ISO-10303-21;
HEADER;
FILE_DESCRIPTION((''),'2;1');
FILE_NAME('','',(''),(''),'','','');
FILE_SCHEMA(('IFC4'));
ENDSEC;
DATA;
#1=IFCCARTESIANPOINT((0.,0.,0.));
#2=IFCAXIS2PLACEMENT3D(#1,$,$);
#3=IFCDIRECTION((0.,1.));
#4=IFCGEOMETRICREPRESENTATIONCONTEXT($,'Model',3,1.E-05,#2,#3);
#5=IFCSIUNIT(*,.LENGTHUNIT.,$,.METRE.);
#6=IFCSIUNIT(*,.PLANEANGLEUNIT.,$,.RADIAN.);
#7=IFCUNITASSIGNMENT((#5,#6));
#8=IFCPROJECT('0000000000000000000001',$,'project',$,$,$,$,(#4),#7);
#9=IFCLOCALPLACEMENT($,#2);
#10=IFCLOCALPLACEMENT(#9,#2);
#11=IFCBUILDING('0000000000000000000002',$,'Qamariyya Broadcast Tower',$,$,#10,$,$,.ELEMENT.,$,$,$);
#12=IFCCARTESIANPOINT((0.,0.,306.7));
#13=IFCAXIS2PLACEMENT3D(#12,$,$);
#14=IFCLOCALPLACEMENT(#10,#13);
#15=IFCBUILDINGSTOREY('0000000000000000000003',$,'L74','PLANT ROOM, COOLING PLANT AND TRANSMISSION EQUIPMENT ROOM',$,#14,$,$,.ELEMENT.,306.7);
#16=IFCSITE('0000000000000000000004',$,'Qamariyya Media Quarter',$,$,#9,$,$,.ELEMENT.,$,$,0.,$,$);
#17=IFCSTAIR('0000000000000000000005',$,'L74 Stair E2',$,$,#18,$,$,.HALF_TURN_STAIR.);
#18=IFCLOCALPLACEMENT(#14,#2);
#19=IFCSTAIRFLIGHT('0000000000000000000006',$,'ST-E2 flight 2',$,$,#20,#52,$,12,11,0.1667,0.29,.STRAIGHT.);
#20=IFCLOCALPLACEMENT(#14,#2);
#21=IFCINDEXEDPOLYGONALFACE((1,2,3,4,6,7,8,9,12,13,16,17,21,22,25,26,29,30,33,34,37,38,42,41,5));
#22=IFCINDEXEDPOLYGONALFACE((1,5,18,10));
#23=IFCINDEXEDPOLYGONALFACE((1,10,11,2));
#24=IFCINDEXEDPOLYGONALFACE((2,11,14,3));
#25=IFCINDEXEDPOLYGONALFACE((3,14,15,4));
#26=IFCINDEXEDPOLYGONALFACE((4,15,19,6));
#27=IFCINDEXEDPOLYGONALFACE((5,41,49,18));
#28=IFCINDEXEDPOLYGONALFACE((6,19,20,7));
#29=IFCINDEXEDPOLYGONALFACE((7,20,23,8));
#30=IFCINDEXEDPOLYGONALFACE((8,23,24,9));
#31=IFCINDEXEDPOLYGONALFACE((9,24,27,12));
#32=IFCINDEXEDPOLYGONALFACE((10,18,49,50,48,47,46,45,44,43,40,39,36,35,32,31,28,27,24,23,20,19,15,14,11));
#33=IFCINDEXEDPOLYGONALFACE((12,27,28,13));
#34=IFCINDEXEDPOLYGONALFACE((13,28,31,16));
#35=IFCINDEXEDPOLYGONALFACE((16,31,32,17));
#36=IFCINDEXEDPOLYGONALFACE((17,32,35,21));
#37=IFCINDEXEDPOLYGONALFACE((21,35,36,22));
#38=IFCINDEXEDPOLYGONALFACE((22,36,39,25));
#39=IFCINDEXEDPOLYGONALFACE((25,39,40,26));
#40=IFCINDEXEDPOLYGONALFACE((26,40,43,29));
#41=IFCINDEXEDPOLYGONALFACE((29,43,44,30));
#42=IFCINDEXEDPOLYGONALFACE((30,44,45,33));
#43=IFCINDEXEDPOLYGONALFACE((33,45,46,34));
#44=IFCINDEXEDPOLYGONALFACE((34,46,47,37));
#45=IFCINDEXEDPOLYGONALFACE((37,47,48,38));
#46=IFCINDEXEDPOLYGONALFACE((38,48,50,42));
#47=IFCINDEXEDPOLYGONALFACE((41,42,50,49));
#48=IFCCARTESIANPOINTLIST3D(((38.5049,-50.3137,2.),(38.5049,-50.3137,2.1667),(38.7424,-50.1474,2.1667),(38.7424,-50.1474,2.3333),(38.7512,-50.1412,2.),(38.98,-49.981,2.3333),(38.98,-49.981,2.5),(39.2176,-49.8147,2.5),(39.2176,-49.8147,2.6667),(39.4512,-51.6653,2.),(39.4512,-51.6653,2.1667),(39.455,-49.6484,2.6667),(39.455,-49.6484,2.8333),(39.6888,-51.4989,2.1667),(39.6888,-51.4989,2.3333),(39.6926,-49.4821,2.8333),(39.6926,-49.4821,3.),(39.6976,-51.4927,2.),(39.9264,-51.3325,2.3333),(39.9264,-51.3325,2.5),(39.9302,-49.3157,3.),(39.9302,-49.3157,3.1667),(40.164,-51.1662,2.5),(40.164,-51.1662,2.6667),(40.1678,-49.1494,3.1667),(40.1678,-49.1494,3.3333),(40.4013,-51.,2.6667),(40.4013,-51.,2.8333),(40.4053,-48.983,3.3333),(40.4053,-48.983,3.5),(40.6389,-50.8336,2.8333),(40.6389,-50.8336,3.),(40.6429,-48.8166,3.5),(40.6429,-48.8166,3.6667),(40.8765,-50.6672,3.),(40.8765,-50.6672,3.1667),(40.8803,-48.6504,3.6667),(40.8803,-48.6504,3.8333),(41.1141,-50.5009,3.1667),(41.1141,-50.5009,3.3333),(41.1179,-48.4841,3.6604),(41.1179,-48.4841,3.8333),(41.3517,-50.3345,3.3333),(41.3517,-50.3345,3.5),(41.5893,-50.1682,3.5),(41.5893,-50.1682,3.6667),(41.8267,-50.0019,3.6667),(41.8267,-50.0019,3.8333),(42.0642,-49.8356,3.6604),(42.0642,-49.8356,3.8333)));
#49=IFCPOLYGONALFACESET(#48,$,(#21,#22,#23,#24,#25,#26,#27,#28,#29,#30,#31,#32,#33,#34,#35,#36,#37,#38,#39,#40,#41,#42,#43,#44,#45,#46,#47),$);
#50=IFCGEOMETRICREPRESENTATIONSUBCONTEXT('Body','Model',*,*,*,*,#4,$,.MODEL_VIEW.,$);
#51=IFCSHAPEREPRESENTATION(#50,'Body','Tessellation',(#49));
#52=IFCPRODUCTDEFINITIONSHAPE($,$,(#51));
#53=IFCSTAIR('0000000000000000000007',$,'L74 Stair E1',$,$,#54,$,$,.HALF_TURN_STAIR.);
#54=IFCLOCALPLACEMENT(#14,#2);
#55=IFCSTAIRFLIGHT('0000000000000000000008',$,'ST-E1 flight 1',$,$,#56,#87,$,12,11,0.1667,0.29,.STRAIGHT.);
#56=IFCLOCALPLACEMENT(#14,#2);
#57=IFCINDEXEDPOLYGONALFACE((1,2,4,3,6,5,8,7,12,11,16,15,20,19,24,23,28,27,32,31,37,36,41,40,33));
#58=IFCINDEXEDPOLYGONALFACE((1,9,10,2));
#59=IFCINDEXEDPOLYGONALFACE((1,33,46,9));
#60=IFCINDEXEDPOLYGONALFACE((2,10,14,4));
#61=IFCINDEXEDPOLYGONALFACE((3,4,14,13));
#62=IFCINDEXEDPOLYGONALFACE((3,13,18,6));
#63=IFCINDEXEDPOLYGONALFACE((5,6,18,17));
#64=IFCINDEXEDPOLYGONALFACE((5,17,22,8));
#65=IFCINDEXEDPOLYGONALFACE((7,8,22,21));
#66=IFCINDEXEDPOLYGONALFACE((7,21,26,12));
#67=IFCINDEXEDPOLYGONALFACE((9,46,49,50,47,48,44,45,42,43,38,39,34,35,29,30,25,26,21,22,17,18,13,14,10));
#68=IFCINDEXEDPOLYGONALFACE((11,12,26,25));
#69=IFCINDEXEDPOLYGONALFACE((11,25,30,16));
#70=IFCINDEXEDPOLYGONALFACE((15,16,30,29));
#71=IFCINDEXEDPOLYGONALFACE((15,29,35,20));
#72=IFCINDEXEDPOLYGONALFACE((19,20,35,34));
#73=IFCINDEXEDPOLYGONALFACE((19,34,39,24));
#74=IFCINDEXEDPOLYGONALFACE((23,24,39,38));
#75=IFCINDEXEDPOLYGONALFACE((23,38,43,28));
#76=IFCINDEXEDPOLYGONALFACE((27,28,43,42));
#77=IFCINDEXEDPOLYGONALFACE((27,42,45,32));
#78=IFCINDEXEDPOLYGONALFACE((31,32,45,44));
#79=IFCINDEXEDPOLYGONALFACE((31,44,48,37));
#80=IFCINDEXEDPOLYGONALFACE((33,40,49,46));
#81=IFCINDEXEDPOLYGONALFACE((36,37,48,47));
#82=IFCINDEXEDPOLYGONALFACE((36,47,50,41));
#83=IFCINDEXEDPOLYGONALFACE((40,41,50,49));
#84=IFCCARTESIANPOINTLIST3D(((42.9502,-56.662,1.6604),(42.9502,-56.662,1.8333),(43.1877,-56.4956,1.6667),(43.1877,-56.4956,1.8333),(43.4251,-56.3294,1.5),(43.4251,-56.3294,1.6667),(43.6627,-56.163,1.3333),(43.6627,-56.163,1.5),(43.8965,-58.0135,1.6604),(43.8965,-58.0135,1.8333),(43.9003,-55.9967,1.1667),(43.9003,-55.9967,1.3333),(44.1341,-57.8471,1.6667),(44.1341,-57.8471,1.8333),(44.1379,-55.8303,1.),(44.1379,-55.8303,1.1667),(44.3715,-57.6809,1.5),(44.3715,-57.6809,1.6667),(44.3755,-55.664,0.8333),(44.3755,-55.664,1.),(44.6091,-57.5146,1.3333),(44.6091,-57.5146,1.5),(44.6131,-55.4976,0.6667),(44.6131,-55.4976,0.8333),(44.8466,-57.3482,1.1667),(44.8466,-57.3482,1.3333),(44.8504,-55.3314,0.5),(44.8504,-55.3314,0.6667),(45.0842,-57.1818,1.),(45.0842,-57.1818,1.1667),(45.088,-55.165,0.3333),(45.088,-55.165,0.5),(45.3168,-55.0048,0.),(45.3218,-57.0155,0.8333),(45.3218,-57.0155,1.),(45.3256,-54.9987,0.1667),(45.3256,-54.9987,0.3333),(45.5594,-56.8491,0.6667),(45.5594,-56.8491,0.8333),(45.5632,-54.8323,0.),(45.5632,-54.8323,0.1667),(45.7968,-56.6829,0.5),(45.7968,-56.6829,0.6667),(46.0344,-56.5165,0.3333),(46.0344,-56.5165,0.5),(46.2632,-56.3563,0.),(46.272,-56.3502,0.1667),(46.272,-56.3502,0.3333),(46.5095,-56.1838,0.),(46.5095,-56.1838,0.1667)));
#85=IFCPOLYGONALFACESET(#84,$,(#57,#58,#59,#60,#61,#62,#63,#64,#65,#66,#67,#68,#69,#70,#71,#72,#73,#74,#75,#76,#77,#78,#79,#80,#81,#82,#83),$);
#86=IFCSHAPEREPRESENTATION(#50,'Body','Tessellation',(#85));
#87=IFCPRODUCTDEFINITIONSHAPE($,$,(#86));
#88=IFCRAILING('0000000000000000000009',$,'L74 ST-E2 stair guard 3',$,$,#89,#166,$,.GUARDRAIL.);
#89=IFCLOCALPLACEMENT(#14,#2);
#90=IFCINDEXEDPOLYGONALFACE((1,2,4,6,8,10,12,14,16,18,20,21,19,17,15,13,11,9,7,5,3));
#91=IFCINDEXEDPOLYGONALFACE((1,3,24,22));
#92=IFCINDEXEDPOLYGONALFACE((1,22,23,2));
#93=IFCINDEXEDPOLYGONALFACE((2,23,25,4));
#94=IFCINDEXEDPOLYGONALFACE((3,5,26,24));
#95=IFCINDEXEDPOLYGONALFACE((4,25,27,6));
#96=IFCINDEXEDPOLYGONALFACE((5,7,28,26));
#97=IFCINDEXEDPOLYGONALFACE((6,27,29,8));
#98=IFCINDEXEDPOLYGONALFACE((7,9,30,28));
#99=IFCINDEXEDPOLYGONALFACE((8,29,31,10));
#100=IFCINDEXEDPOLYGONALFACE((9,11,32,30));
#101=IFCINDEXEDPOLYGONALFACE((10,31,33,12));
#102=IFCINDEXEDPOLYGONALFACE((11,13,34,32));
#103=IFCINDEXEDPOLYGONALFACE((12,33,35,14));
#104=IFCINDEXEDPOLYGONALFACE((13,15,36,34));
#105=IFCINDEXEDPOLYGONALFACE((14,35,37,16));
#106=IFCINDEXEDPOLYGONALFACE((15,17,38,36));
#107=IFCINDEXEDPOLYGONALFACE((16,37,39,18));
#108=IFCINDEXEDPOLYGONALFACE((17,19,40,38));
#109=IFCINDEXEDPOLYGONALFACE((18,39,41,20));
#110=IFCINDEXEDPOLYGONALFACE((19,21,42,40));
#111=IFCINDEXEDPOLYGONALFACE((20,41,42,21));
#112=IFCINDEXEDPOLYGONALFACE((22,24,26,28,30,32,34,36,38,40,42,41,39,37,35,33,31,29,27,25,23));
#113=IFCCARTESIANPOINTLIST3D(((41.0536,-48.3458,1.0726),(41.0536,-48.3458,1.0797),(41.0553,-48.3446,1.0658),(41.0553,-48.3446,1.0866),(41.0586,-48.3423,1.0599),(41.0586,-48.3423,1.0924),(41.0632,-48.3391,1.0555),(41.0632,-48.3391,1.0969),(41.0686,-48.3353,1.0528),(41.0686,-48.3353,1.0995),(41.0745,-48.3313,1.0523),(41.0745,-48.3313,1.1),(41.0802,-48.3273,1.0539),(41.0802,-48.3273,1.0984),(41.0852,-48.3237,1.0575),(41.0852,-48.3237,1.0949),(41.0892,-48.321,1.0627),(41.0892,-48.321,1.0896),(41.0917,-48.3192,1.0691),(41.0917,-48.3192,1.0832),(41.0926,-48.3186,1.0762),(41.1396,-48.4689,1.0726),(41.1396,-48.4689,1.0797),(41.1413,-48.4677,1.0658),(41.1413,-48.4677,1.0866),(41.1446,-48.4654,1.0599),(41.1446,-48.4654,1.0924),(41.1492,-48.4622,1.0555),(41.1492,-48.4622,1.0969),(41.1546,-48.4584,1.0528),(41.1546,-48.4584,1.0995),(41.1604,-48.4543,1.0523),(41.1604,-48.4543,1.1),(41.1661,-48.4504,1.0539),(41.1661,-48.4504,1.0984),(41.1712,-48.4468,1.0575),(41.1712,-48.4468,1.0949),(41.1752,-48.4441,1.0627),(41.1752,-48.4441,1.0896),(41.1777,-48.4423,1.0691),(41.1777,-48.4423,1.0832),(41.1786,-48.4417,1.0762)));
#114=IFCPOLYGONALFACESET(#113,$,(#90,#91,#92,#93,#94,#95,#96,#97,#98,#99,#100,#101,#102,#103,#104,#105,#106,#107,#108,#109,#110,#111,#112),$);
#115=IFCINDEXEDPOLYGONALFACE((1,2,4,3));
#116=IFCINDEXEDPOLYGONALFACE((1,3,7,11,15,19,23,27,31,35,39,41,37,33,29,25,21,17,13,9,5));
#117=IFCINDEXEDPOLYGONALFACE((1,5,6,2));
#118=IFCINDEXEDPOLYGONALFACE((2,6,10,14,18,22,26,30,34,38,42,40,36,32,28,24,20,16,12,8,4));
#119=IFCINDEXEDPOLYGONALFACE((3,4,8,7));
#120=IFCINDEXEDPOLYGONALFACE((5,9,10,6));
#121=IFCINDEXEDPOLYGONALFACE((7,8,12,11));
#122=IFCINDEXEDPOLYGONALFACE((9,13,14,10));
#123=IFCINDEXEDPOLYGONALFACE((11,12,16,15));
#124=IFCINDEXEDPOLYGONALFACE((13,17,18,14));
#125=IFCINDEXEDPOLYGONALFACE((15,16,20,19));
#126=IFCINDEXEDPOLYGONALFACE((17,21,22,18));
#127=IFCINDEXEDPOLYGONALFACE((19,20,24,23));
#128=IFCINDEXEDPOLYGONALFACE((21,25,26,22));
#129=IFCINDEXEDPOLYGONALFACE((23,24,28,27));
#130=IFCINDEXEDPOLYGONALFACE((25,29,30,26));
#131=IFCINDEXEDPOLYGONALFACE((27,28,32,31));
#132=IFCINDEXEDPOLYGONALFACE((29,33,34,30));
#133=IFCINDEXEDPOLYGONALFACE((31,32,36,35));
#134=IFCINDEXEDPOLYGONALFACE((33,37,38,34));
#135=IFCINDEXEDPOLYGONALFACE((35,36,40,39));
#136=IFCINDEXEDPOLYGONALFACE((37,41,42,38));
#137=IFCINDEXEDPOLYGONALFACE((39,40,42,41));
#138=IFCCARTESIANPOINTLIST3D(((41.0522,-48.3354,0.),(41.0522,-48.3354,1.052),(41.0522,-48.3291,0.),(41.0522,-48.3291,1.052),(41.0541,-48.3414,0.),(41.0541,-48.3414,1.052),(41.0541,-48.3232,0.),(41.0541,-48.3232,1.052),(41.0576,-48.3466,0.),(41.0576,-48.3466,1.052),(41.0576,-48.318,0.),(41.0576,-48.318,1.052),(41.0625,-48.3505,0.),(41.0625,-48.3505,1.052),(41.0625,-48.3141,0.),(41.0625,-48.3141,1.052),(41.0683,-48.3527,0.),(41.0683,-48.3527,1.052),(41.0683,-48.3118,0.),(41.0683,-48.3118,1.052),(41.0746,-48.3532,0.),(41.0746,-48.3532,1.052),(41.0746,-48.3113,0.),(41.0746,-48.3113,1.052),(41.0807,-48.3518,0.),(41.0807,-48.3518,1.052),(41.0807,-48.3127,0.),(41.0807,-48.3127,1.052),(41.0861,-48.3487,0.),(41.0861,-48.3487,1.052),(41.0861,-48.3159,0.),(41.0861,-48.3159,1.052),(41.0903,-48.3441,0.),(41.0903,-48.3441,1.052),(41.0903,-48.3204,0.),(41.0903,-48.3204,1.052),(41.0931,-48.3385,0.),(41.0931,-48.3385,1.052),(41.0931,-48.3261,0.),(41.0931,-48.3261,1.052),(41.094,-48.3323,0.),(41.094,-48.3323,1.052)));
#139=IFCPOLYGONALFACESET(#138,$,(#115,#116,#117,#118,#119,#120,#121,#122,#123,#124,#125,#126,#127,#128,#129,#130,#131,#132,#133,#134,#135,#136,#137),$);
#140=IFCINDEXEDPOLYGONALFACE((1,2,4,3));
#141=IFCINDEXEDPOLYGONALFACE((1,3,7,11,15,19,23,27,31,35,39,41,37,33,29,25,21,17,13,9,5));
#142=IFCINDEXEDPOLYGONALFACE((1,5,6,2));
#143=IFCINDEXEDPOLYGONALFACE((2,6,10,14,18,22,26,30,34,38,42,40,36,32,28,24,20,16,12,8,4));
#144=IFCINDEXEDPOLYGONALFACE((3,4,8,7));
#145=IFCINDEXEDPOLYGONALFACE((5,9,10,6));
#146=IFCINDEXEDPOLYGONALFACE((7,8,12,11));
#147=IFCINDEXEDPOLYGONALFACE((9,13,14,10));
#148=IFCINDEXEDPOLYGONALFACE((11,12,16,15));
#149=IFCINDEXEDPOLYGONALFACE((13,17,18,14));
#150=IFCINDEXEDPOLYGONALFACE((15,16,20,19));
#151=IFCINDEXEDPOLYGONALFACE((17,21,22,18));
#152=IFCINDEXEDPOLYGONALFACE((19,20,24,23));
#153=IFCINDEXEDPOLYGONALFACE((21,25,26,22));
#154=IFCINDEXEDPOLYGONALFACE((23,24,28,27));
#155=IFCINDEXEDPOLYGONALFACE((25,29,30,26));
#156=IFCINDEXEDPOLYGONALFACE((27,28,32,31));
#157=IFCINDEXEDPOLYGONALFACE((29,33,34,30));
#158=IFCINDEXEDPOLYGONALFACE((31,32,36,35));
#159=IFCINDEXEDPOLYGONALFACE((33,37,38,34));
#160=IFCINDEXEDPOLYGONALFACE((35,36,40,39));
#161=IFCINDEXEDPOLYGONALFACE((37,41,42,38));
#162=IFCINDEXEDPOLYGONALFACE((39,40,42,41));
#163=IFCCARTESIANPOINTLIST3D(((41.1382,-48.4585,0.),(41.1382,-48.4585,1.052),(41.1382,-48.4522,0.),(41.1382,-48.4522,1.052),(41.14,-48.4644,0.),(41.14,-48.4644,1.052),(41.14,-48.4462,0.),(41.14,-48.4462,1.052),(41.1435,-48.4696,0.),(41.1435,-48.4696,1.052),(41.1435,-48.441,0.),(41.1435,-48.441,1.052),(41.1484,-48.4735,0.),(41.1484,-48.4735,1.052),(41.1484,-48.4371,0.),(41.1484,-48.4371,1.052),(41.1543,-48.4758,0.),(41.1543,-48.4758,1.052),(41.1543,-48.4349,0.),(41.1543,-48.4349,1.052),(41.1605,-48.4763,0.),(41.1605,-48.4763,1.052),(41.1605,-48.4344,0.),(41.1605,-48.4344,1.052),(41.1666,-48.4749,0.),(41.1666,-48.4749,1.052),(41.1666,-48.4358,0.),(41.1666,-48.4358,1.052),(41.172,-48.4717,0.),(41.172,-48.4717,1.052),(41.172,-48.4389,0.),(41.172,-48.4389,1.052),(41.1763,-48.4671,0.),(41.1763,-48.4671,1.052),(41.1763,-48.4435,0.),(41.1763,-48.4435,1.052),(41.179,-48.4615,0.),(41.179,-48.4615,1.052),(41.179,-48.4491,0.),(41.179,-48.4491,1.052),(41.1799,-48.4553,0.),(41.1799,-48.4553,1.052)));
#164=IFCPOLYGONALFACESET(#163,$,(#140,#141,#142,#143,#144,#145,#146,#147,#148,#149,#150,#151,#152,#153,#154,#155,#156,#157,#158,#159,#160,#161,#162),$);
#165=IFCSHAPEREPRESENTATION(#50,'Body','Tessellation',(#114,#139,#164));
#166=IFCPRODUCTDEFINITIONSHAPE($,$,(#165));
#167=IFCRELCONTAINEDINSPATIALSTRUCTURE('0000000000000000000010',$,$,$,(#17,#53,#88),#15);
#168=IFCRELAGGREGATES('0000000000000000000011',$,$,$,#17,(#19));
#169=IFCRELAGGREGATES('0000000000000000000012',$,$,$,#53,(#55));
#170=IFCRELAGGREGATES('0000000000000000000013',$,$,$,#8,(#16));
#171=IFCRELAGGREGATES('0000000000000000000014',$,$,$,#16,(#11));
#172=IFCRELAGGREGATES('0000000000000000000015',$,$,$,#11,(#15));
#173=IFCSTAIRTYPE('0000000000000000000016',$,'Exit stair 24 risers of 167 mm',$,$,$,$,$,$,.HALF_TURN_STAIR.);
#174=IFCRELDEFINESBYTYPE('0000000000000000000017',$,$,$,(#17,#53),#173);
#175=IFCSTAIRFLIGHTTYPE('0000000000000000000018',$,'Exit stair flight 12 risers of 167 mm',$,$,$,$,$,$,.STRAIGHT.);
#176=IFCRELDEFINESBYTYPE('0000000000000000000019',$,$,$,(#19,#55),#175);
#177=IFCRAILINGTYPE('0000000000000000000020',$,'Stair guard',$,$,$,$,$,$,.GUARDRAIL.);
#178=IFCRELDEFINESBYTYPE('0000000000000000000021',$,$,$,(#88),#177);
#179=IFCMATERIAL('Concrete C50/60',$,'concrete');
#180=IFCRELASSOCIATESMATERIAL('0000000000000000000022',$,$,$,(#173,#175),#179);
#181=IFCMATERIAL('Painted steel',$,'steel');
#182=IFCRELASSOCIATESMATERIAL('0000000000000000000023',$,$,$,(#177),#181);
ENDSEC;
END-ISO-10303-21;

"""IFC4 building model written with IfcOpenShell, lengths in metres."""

from ifc_helpers import new_model, si_unit, direction, frame, origin, origin_2d, place, context, subcontext, project, spatial, polyline, circle, outline, extrude, material, type_object, element, aggregate, save


model = new_model("IFC4")

# Units and contexts
model_context = context("Model", 3, precision=1e-05, world=origin(), true_north=direction((0.0, 1.0)))
body_context = subcontext(model_context, "Body", "Model", "MODEL_VIEW")
ifc_project = project(units=[si_unit("LENGTHUNIT", "METRE"), si_unit("PLANEANGLEUNIT", "RADIAN")], contexts=[model_context])

# Site, building, storey
site_placement = place(None, origin())
site = spatial("IfcSite", under=ifc_project, at=site_placement, Name="Qamariyya Media Quarter", CompositionType="ELEMENT", RefElevation=0.0)
building_placement = place(site_placement, origin())
building = spatial("IfcBuilding", under=site, at=building_placement, Name="Qamariyya Broadcast Tower", CompositionType="ELEMENT")
storey_placement = place(building_placement, frame((0.0, 0.0, 306.7)))
storey = spatial("IfcBuildingStorey", under=building, at=storey_placement, Name="L74", Description="PLANT ROOM, COOLING PLANT AND TRANSMISSION EQUIPMENT ROOM", CompositionType="ELEMENT", Elevation=306.7)

# Shared definitions
ifc_material_1 = material(Name="Concrete C50/60", Category="concrete")

# Stair, stair flight
stair_type = type_object("IfcStairType", Name="Exit stair 24 risers of 167 mm", PredefinedType="HALF_TURN_STAIR", material=ifc_material_1)
stair_1_placement = place(storey_placement, origin())
stair_1 = element("IfcStair", 1, at=stair_1_placement, inside=storey, type_object=stair_type, Name="L74 Stair E2", PredefinedType="HALF_TURN_STAIR")
stair_flight_type = type_object("IfcStairFlightType", Name="Exit stair flight 12 risers of 167 mm", PredefinedType="STRAIGHT", material=ifc_material_1)
stair_flight_1_placement = place(storey_placement, frame((38.978, -50.9895, 2.0), z_axis=(0.0, 0.0, 1.0), x_axis=(0.819152, 0.573576, 0.0)))
stair_flight_1 = element("IfcStairFlight", 2, at=stair_flight_1_placement, type_object=stair_flight_type, Name="ST-E2 flight 2", NumberOfRisers=12, NumberOfTreads=11, PredefinedType="STRAIGHT", RiserHeight=0.1667, TreadLength=0.29, context=body_context, shape_type="SweptSolid", body=[
    extrude(outline(polyline([(0.0, 0.0), (0.0, 0.1667), (0.29, 0.1667), (0.29, 0.3333), (0.5801, 0.3333), (0.5801, 0.5), (0.8701, 0.5), (0.8701, 0.6667), (1.1599, 0.6667), (1.1599, 0.8333), (1.45, 0.8333), (1.45, 1.0), (1.74, 1.0), (1.74, 1.1667), (2.03, 1.1667), (2.03, 1.3333), (2.3201, 1.3333), (2.3201, 1.5), (2.6101, 1.5), (2.6101, 1.6667), (2.8999, 1.6667), (2.8999, 1.8333), (3.1899, 1.8333), (3.1899, 2.0), (3.1899, 1.6604), (0.3008, 0.0), (0.0, 0.0)])), frame((0.0, 0.825, 0.0), z_axis=(0.0, -1.0, 0.0), x_axis=(1.0, 0.0, 0.0)), (0.0, 0.0, 1.0), 1.6499),
])
aggregate(stair_1, [stair_flight_1])

# Stair, stair flight
stair_2_placement = place(storey_placement, origin())
stair_2 = element("IfcStair", 3, at=stair_2_placement, inside=storey, type_object=stair_type, Name="L74 Stair E1", PredefinedType="HALF_TURN_STAIR")
stair_flight_2_placement = place(storey_placement, frame((46.0364, -55.5081, 0.0), z_axis=(0.0, 0.0, 1.0), x_axis=(-0.819152, -0.573576, 0.0)))
stair_flight_2 = element("IfcStairFlight", 4, at=stair_flight_2_placement, type_object=stair_flight_type, Name="ST-E1 flight 1", NumberOfRisers=12, NumberOfTreads=11, PredefinedType="STRAIGHT", RiserHeight=0.1667, TreadLength=0.29, context=body_context, shape_type="SweptSolid", body=[
    extrude(outline(polyline([(0.0, 0.0), (0.0, 0.1667), (0.29, 0.1667), (0.29, 0.3333), (0.5801, 0.3333), (0.5801, 0.5), (0.8701, 0.5), (0.8701, 0.6667), (1.1599, 0.6667), (1.1599, 0.8333), (1.45, 0.8333), (1.45, 1.0), (1.74, 1.0), (1.74, 1.1667), (2.03, 1.1667), (2.03, 1.3333), (2.3201, 1.3333), (2.3201, 1.5), (2.6101, 1.5), (2.6101, 1.6667), (2.8999, 1.6667), (2.8999, 1.8333), (3.1899, 1.8333), (3.1899, 2.0), (3.1899, 1.6604), (0.3008, 0.0), (0.0, 0.0)])), frame((0.0, 0.825, 0.0), z_axis=(0.0, -1.0, 0.0), x_axis=(1.0, 0.0, 0.0)), (0.0, 0.0, 1.0), 1.6499),
])
aggregate(stair_2, [stair_flight_2])

# Railing
ifc_material_2 = material(Name="Painted steel", Category="steel")
railing_type_1 = type_object("IfcRailingType", Name="Stair guard", PredefinedType="GUARDRAIL", material=ifc_material_2)
railing_1_placement = place(storey_placement, frame((41.073, -48.3323, 0.0)))
element("IfcRailing", 5, at=railing_1_placement, inside=storey, type_object=railing_type_1, Name="L74 ST-E2 stair guard 3", PredefinedType="GUARDRAIL", context=body_context, shape_type="SweptSolid", body=[
    extrude(circle(Radius=0.0239, at=origin_2d()), frame((0.0, 0.0, 1.0762), z_axis=(0.572589, -0.819843, 0.0), x_axis=(0.819843, 0.572589, 0.0)), (0.0, 0.0, 1.0), 0.1501),
    extrude(circle(Radius=0.021, at=origin_2d()), origin(), (0.0, 0.0, 1.0), 1.052),
    extrude(circle(Radius=0.021, at=origin_2d()), frame((0.0859, -0.123, 0.0)), (0.0, 0.0, 1.0), 1.052),
])

save(model, "model.ifc")
